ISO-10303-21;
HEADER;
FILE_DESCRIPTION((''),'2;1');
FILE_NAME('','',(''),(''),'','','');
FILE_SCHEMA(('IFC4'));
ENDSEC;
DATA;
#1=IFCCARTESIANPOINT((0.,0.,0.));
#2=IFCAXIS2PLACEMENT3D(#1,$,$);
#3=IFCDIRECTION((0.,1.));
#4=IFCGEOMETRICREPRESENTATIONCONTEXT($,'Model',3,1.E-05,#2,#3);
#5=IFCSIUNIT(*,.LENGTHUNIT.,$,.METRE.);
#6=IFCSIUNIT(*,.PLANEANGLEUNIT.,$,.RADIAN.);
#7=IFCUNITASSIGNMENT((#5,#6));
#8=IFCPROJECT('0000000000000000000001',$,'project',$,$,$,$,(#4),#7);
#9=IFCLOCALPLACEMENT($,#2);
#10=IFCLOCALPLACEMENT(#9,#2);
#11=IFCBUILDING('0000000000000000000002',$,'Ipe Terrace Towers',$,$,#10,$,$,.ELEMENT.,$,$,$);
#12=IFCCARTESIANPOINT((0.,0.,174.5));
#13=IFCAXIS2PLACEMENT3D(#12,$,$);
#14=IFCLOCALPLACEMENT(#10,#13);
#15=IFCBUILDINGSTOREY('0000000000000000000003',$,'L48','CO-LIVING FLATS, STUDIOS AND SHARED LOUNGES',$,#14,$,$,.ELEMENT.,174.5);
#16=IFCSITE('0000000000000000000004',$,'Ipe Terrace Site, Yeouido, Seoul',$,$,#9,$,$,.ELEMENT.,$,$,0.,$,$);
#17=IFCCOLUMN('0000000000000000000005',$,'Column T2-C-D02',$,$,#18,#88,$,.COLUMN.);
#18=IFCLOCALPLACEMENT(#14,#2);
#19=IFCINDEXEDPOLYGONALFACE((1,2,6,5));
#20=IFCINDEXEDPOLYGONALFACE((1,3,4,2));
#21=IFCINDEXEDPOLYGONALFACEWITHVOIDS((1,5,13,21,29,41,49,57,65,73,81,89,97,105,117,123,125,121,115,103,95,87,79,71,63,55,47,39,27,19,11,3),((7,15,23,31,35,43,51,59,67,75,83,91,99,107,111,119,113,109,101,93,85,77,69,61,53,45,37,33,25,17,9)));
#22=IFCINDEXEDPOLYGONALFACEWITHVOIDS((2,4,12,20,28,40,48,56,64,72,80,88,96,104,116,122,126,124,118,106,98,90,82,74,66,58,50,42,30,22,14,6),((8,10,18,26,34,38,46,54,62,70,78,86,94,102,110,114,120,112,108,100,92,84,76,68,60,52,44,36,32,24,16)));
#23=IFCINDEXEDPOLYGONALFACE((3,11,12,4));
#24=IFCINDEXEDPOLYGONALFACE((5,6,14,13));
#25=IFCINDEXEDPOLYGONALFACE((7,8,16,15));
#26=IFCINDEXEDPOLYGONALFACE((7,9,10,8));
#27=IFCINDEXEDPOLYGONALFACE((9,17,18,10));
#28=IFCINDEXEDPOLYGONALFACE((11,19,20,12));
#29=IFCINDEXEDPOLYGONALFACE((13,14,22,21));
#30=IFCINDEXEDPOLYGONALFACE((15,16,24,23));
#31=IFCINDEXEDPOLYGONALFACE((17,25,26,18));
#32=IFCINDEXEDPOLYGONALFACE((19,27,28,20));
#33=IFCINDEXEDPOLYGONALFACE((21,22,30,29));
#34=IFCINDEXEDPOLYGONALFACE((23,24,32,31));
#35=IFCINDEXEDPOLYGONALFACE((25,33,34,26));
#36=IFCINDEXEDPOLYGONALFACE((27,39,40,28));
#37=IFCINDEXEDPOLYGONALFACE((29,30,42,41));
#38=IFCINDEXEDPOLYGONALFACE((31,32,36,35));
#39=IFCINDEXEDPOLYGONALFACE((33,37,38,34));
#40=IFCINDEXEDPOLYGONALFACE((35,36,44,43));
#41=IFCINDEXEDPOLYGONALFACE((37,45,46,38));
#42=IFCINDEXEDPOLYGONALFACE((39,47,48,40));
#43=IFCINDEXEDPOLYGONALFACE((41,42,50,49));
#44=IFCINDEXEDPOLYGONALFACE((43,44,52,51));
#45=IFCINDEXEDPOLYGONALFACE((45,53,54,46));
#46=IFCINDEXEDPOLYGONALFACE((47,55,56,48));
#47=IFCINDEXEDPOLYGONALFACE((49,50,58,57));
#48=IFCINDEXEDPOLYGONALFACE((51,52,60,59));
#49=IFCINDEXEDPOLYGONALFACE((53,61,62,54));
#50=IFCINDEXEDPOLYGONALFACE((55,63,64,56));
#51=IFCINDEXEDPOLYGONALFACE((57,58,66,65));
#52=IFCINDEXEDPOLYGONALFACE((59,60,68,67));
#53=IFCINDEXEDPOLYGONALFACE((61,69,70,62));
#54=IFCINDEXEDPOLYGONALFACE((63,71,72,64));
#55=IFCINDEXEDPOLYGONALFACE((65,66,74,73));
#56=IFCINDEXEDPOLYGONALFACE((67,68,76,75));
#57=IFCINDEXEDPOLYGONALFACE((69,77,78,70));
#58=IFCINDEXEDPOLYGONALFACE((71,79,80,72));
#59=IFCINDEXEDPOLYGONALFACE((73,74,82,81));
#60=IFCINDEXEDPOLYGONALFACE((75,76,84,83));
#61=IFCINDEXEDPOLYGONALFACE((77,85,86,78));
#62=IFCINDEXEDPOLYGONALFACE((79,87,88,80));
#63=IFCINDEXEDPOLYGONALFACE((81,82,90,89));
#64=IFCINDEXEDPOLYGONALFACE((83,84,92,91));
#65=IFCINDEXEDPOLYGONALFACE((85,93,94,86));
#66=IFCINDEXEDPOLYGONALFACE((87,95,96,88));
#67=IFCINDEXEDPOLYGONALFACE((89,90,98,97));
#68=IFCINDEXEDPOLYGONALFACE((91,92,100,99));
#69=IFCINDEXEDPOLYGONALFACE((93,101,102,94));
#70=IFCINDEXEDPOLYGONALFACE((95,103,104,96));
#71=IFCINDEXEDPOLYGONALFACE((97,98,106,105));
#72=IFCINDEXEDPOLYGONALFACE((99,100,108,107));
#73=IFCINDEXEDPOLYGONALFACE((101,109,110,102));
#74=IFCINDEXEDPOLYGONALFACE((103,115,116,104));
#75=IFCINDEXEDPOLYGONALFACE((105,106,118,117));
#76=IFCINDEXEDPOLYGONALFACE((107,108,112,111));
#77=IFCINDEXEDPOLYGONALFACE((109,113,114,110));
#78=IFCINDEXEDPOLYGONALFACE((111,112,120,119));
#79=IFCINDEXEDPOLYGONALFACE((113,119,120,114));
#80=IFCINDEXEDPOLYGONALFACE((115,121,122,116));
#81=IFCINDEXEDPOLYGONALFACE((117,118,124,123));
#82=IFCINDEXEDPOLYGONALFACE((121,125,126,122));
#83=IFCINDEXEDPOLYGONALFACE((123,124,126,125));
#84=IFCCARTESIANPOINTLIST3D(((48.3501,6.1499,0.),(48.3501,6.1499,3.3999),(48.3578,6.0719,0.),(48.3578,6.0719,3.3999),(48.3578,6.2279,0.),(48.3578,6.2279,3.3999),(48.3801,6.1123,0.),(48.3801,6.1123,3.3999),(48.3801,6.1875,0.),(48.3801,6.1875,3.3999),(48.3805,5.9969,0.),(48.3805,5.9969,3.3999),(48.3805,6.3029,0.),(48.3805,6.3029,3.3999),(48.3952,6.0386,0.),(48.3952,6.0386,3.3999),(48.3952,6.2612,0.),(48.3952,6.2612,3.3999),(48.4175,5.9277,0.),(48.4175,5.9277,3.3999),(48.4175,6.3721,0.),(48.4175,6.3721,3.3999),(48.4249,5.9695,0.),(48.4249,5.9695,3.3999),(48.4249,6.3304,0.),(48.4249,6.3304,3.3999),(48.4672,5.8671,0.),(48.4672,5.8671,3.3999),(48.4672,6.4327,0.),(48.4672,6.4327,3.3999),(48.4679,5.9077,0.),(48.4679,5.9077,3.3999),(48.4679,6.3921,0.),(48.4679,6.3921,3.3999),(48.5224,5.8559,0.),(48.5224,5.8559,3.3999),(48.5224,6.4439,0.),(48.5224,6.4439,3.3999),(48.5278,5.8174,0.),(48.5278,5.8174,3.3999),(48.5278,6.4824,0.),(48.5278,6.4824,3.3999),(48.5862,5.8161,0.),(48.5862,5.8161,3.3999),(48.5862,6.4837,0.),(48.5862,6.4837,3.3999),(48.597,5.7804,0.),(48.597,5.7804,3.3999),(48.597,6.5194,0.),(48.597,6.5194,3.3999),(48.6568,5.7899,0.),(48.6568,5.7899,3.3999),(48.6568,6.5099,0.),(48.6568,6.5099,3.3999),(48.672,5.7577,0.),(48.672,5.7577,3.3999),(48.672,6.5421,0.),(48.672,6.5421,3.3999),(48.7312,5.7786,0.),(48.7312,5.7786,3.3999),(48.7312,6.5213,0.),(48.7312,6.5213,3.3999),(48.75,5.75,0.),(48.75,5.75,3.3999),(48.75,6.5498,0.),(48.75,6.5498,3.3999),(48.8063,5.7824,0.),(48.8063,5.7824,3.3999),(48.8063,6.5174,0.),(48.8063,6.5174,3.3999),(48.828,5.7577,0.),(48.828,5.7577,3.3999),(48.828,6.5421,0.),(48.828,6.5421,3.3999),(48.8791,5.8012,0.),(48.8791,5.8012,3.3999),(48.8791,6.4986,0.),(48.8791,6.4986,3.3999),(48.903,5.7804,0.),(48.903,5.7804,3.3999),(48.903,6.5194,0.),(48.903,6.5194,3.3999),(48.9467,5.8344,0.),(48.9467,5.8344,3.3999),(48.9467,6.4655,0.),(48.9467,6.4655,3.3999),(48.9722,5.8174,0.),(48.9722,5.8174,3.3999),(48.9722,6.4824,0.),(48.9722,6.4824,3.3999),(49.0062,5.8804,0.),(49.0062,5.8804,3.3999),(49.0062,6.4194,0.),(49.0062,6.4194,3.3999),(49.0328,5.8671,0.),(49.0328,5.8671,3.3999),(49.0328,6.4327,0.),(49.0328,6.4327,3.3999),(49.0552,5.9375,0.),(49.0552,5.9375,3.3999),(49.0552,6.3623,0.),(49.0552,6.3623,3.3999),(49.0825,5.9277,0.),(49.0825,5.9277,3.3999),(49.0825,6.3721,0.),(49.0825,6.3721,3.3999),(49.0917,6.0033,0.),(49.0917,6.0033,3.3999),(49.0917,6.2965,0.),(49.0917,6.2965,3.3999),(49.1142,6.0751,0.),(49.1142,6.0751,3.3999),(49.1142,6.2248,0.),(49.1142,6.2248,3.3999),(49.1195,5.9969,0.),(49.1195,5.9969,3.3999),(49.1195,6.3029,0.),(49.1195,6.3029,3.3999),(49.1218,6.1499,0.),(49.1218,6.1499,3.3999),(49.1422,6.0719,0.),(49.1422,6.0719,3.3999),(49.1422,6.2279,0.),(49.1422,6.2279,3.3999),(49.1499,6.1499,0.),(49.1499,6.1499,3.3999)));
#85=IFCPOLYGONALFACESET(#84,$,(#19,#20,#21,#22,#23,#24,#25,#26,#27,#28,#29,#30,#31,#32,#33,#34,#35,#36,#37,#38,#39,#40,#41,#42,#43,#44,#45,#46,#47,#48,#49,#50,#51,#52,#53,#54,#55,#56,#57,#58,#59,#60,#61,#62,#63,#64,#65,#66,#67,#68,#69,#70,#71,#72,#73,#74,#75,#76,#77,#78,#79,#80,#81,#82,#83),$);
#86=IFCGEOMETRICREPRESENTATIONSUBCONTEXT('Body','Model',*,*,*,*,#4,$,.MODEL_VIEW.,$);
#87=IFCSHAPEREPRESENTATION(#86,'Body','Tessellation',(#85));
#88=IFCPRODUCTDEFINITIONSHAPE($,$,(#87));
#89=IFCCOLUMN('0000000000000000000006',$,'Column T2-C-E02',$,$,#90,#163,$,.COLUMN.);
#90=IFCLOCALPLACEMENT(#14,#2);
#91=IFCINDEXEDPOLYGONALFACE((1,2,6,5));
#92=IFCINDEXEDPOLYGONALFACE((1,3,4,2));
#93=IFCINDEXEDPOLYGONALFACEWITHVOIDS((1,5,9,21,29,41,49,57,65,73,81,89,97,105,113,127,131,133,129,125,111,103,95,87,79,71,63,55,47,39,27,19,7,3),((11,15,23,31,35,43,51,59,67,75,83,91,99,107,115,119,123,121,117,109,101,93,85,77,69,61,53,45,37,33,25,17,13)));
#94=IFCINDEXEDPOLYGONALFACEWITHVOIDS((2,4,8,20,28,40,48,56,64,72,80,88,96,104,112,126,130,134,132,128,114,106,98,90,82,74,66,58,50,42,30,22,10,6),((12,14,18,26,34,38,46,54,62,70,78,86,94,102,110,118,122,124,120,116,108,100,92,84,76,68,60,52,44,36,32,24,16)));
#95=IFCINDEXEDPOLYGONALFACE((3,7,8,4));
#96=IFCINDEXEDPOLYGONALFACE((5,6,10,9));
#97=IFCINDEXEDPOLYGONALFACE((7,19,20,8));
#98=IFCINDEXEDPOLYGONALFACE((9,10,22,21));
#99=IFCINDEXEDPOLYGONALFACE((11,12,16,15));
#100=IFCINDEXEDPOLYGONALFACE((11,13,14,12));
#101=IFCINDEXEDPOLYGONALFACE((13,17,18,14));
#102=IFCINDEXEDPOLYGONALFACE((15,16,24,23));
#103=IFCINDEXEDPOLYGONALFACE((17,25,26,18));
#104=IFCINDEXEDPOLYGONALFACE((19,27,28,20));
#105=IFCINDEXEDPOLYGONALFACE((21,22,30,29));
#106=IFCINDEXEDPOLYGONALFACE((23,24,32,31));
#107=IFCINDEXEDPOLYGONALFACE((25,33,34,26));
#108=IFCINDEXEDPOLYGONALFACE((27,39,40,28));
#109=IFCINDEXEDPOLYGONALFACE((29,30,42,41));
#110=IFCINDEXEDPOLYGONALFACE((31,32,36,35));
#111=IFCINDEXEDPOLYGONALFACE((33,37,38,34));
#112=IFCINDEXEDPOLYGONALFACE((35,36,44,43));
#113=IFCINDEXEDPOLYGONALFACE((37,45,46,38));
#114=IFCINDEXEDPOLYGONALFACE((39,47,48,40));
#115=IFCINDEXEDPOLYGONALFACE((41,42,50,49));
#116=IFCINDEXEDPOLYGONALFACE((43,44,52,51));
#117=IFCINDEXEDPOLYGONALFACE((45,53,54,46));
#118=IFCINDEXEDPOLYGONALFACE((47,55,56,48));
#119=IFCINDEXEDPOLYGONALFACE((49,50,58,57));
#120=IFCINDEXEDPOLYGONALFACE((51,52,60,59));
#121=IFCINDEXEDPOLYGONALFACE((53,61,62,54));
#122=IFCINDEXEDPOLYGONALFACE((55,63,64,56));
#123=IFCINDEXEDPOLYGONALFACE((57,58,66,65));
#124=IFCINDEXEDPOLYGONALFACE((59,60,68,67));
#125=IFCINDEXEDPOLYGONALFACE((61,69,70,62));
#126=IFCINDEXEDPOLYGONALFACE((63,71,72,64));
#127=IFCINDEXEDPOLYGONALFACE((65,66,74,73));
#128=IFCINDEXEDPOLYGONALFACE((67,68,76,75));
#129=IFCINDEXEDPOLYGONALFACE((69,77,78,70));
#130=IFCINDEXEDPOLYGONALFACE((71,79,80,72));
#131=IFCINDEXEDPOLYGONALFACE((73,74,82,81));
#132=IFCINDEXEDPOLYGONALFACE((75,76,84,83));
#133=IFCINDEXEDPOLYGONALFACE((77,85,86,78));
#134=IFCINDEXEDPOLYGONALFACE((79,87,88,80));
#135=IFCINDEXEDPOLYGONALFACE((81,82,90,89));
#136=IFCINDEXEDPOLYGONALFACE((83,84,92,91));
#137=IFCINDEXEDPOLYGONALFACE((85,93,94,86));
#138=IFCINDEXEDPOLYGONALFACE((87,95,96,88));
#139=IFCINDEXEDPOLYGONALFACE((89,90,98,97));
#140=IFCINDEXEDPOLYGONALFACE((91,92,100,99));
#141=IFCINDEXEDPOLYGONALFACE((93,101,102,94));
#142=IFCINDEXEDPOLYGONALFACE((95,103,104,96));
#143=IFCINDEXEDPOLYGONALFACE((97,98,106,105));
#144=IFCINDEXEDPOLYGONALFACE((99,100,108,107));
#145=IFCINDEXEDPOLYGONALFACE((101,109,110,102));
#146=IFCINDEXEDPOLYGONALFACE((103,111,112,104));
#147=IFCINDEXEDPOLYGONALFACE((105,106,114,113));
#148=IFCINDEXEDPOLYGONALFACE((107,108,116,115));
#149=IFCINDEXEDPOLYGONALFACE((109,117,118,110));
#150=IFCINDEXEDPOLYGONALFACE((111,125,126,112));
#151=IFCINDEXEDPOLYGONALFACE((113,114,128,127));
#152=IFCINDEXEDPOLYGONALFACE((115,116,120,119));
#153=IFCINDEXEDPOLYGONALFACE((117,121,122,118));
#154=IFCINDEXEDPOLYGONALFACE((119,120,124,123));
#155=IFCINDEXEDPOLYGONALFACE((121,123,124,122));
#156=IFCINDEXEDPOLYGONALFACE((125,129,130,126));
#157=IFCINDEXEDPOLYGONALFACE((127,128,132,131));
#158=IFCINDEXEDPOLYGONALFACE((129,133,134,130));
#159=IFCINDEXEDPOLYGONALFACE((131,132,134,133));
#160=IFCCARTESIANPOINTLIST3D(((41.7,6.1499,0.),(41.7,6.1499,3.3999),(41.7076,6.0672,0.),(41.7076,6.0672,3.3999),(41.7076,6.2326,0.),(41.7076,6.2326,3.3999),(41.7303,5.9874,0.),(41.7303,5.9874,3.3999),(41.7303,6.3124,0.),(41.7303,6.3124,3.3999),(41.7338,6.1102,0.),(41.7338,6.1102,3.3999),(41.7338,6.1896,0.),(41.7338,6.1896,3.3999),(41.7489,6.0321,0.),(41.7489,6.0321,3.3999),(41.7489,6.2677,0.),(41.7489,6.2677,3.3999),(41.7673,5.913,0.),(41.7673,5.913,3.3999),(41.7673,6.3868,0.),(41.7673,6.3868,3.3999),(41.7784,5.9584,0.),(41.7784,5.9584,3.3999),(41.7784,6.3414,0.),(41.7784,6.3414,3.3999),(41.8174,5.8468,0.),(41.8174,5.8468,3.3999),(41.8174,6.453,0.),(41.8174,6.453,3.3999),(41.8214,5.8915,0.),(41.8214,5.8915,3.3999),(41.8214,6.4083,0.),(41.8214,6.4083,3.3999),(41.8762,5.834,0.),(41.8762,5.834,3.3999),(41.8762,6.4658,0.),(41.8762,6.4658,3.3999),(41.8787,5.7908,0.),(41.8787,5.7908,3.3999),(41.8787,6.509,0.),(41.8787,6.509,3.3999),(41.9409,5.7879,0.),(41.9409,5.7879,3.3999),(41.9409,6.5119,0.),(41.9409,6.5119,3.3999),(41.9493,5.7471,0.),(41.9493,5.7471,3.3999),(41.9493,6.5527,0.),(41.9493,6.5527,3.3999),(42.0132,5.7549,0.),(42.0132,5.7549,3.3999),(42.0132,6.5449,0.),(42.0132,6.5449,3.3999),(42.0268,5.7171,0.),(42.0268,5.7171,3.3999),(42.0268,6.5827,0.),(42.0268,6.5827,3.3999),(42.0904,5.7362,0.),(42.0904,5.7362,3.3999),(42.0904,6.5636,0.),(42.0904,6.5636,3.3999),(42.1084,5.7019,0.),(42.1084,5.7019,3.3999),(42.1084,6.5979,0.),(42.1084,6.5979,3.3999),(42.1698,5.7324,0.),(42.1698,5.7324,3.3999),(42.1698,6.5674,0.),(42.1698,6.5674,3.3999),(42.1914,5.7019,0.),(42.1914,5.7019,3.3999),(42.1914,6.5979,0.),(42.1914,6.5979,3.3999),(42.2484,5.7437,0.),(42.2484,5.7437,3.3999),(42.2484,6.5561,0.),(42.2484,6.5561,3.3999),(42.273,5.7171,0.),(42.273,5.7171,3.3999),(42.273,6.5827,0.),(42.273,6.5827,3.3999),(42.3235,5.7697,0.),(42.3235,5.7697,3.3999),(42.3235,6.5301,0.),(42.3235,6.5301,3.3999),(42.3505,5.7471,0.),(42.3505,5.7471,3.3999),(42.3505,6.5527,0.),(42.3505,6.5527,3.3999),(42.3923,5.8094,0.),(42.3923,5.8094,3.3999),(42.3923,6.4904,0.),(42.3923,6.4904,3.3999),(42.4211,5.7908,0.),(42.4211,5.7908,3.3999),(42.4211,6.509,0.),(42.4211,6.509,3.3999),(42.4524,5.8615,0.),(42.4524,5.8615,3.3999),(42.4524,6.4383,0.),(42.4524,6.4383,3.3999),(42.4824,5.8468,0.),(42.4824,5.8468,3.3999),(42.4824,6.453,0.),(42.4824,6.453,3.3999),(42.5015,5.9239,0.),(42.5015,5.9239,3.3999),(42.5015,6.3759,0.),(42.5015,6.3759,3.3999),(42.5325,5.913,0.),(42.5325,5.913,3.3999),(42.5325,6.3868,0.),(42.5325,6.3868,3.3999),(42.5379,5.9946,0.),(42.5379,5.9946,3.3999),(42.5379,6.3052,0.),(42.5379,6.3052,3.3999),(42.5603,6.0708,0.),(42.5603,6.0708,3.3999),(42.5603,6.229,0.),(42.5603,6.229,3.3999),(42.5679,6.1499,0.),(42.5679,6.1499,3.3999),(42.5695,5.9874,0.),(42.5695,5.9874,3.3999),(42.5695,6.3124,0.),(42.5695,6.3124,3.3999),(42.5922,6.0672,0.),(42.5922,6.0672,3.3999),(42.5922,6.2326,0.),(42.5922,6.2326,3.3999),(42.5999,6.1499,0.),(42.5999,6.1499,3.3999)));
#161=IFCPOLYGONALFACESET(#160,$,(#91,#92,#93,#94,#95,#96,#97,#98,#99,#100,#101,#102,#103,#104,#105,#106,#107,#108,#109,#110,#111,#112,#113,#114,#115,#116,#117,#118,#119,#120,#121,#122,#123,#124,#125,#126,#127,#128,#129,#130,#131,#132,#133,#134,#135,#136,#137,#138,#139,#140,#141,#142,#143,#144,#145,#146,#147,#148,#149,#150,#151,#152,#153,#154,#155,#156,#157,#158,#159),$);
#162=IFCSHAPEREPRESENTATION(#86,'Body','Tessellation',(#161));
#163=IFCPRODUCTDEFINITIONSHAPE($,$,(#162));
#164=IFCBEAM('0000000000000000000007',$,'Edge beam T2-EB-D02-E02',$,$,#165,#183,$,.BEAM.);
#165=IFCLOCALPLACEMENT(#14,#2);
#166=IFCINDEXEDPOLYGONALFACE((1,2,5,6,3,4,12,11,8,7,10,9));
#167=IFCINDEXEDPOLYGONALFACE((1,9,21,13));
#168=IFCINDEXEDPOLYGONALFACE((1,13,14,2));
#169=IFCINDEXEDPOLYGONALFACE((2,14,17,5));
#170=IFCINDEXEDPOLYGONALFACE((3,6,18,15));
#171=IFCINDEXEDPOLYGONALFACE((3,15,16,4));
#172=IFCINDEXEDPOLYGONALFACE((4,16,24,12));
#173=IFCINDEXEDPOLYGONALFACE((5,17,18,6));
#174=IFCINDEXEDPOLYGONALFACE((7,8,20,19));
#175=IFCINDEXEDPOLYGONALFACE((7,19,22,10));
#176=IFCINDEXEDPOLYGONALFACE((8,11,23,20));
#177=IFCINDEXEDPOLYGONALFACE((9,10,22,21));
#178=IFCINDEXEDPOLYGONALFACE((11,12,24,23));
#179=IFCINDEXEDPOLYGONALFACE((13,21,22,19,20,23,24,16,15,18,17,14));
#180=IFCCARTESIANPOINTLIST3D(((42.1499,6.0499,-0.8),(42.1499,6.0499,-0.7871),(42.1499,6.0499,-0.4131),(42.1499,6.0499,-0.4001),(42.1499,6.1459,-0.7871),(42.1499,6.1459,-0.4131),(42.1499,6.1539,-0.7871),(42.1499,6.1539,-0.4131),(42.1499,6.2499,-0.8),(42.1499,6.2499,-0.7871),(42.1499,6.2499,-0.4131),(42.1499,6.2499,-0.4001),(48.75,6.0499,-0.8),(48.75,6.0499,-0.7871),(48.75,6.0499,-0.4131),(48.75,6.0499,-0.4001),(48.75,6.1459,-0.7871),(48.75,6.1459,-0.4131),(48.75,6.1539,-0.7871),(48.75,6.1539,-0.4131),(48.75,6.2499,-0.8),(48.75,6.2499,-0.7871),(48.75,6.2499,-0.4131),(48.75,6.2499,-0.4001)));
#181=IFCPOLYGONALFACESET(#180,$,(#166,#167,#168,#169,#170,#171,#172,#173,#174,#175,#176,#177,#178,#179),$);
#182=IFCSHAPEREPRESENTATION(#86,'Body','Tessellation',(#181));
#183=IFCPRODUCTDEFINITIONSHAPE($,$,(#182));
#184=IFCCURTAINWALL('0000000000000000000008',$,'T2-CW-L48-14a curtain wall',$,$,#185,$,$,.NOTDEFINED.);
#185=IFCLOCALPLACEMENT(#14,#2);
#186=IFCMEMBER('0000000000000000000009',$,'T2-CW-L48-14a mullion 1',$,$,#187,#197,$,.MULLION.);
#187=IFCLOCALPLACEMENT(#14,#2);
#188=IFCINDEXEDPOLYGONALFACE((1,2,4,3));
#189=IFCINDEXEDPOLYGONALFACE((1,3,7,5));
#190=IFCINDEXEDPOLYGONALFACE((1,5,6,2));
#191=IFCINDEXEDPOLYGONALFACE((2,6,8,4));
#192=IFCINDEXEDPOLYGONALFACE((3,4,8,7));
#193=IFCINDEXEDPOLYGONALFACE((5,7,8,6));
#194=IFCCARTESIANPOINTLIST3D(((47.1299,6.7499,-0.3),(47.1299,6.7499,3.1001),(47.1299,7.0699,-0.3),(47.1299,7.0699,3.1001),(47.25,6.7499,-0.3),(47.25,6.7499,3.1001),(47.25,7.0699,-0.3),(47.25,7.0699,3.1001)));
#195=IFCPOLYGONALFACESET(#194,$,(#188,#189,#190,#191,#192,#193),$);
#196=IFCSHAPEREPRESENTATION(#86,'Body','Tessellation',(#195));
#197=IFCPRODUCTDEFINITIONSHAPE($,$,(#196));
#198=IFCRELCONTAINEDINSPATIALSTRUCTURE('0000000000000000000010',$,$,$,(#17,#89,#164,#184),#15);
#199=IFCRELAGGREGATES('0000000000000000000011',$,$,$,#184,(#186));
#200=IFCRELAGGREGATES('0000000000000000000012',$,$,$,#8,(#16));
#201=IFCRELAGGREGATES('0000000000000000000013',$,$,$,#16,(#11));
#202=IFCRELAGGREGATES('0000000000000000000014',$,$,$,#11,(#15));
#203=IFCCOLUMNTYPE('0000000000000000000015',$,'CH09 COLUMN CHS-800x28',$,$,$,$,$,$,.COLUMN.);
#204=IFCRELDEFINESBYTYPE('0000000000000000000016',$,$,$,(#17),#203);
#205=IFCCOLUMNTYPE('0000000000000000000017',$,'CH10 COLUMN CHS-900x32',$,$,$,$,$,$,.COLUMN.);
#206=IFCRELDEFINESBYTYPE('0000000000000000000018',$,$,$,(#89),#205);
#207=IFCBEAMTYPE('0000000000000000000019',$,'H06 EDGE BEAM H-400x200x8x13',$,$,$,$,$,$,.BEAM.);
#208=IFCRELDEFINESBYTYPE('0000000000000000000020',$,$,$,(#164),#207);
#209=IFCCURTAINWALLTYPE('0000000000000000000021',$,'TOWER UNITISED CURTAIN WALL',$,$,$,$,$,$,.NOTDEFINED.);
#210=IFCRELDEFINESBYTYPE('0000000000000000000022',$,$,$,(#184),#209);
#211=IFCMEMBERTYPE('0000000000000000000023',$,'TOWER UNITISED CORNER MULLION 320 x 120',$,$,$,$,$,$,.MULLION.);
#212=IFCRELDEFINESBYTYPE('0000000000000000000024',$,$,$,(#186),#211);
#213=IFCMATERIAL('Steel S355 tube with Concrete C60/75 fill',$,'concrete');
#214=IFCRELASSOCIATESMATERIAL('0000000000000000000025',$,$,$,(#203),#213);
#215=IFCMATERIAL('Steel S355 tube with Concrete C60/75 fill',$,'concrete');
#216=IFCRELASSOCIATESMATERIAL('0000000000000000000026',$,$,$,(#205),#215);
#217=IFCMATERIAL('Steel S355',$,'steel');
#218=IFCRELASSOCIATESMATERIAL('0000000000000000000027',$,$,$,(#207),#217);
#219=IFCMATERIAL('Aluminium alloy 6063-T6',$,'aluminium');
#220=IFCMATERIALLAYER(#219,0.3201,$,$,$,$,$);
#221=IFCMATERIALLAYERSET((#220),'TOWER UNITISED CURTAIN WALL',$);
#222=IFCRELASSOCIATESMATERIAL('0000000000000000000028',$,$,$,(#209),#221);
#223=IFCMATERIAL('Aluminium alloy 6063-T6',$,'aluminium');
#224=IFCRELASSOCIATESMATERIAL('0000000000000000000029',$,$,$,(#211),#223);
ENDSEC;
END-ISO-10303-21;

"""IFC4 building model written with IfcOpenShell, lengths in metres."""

from ifc_helpers import new_model, si_unit, direction, frame, origin, origin_2d, place, context, subcontext, project, spatial, rectangle, hollow_circle, i_section, extrude, material, layer, layer_set, material_profile, profile_set, type_object, element, aggregate, save


model = new_model("IFC4")

# Units and contexts
model_context = context("Model", 3, precision=1e-05, world=origin(), true_north=direction((0.0, 1.0)))
body_context = subcontext(model_context, "Body", "Model", "MODEL_VIEW")
ifc_project = project(units=[si_unit("LENGTHUNIT", "METRE"), si_unit("PLANEANGLEUNIT", "RADIAN")], contexts=[model_context])

# Site, building, storey
site_placement = place(None, origin())
site = spatial("IfcSite", under=ifc_project, at=site_placement, Name="Ipe Terrace Site, Yeouido, Seoul", CompositionType="ELEMENT", RefElevation=0.0)
building_placement = place(site_placement, origin())
building = spatial("IfcBuilding", under=site, at=building_placement, Name="Ipe Terrace Towers", CompositionType="ELEMENT")
storey_placement = place(building_placement, frame((0.0, 0.0, 174.5)))
storey = spatial("IfcBuildingStorey", under=building, at=storey_placement, Name="L48", Description="CO-LIVING FLATS, STUDIOS AND SHARED LOUNGES", CompositionType="ELEMENT", Elevation=174.5)

# Columns
ifc_material_1 = material(Name="Steel S355 tube with Concrete C60/75 fill", Category="concrete")
ifc_material_profile_1 = material_profile(ifc_material_1, hollow_circle(Radius=0.3999, WallThickness=0.0281, at=origin_2d()), Name="CHS-800x28")
ifc_profile_set_1 = profile_set([ifc_material_profile_1], Name="Steel S355 tube with Concrete C60/75 fill")
column_type_1 = type_object("IfcColumnType", Name="CH09 COLUMN CHS-800x28", PredefinedType="COLUMN", material=ifc_profile_set_1)
column_1_placement = place(storey_placement, frame((48.75, 6.1499, 0.0), z_axis=(0.0, 0.0, 1.0), x_axis=(1.0, 0.0, 0.0)))
element("IfcColumn", 1, at=column_1_placement, inside=storey, type_object=column_type_1, Name="Column T2-C-D02", PredefinedType="COLUMN", context=body_context, shape_type="SweptSolid", body=[
    extrude(hollow_circle(Radius=0.3999, WallThickness=0.0281, at=origin_2d()), origin(), (0.0, 0.0, 1.0), 3.3999),
])
ifc_material_2 = material(Name="Steel S355 tube with Concrete C60/75 fill", Category="concrete")
ifc_material_profile_2 = material_profile(ifc_material_2, hollow_circle(Radius=0.45, WallThickness=0.032, at=origin_2d()), Name="CHS-900x32")
ifc_profile_set_2 = profile_set([ifc_material_profile_2], Name="Steel S355 tube with Concrete C60/75 fill")
column_type_2 = type_object("IfcColumnType", Name="CH10 COLUMN CHS-900x32", PredefinedType="COLUMN", material=ifc_profile_set_2)
column_2_placement = place(storey_placement, frame((42.1499, 6.1499, 0.0), z_axis=(0.0, 0.0, 1.0), x_axis=(1.0, 0.0, 0.0)))
element("IfcColumn", 2, at=column_2_placement, inside=storey, type_object=column_type_2, Name="Column T2-C-E02", PredefinedType="COLUMN", context=body_context, shape_type="SweptSolid", body=[
    extrude(hollow_circle(Radius=0.45, WallThickness=0.032, at=origin_2d()), origin(), (0.0, 0.0, 1.0), 3.3999),
])

# Beam
ifc_material_3 = material(Name="Steel S355", Category="steel")
ifc_material_profile_3 = material_profile(ifc_material_3, i_section(OverallWidth=0.2, OverallDepth=0.3999, WebThickness=0.0081, FlangeThickness=0.0129, at=origin_2d()), Name="H-400x200x8x13")
ifc_profile_set_3 = profile_set([ifc_material_profile_3], Name="Steel S355")
beam_type = type_object("IfcBeamType", Name="H06 EDGE BEAM H-400x200x8x13", PredefinedType="BEAM", material=ifc_profile_set_3)
beam_placement = place(storey_placement, frame((48.75, 6.1499, -0.6001), z_axis=(-1.0, 0.0, 0.0), x_axis=(0.0, -1.0, 0.0)))
element("IfcBeam", 3, at=beam_placement, inside=storey, type_object=beam_type, Name="Edge beam T2-EB-D02-E02", PredefinedType="BEAM", context=body_context, shape_type="SweptSolid", body=[
    extrude(i_section(OverallWidth=0.2, OverallDepth=0.3999, WebThickness=0.0081, FlangeThickness=0.0129, at=origin_2d()), origin(), (0.0, 0.0, 1.0), 6.6001),
])

# Curtain wall, member
ifc_material_4 = material(Name="Aluminium alloy 6063-T6", Category="aluminium")
ifc_layer_1 = layer(ifc_material_4, 0.3201)
ifc_layer_set_1 = layer_set([ifc_layer_1], Name="TOWER UNITISED CURTAIN WALL")
curtain_wall_type = type_object("IfcCurtainWallType", Name="TOWER UNITISED CURTAIN WALL", PredefinedType="NOTDEFINED", material=ifc_layer_set_1)
curtain_wall_placement = place(storey_placement, origin())
curtain_wall = element("IfcCurtainWall", 4, at=curtain_wall_placement, inside=storey, type_object=curtain_wall_type, Name="T2-CW-L48-14a curtain wall", PredefinedType="NOTDEFINED")
ifc_material_5 = material(Name="Aluminium alloy 6063-T6", Category="aluminium")
ifc_material_profile_4 = material_profile(ifc_material_5, rectangle(XDim=0.3201, YDim=0.1201, at=origin_2d()), Name="TOWER UNITISED CORNER MULLION 320 x 120")
ifc_profile_set_4 = profile_set([ifc_material_profile_4], Name="Aluminium alloy 6063-T6")
member_type = type_object("IfcMemberType", Name="TOWER UNITISED CORNER MULLION 320 x 120", PredefinedType="MULLION", material=ifc_profile_set_4)
member_1_placement = place(storey_placement, frame((47.1899, 6.9099, -0.3), z_axis=(0.0, 0.0, 1.0), x_axis=(0.0, 1.0, 0.0)))
member_1 = element("IfcMember", 5, at=member_1_placement, type_object=member_type, Name="T2-CW-L48-14a mullion 1", PredefinedType="MULLION", context=body_context, shape_type="SweptSolid", body=[
    extrude(rectangle(XDim=0.3201, YDim=0.1201, at=origin_2d()), origin(), (0.0, 0.0, 1.0), 3.4001),
])
aggregate(curtain_wall, [member_1])

save(model, "model.ifc")
